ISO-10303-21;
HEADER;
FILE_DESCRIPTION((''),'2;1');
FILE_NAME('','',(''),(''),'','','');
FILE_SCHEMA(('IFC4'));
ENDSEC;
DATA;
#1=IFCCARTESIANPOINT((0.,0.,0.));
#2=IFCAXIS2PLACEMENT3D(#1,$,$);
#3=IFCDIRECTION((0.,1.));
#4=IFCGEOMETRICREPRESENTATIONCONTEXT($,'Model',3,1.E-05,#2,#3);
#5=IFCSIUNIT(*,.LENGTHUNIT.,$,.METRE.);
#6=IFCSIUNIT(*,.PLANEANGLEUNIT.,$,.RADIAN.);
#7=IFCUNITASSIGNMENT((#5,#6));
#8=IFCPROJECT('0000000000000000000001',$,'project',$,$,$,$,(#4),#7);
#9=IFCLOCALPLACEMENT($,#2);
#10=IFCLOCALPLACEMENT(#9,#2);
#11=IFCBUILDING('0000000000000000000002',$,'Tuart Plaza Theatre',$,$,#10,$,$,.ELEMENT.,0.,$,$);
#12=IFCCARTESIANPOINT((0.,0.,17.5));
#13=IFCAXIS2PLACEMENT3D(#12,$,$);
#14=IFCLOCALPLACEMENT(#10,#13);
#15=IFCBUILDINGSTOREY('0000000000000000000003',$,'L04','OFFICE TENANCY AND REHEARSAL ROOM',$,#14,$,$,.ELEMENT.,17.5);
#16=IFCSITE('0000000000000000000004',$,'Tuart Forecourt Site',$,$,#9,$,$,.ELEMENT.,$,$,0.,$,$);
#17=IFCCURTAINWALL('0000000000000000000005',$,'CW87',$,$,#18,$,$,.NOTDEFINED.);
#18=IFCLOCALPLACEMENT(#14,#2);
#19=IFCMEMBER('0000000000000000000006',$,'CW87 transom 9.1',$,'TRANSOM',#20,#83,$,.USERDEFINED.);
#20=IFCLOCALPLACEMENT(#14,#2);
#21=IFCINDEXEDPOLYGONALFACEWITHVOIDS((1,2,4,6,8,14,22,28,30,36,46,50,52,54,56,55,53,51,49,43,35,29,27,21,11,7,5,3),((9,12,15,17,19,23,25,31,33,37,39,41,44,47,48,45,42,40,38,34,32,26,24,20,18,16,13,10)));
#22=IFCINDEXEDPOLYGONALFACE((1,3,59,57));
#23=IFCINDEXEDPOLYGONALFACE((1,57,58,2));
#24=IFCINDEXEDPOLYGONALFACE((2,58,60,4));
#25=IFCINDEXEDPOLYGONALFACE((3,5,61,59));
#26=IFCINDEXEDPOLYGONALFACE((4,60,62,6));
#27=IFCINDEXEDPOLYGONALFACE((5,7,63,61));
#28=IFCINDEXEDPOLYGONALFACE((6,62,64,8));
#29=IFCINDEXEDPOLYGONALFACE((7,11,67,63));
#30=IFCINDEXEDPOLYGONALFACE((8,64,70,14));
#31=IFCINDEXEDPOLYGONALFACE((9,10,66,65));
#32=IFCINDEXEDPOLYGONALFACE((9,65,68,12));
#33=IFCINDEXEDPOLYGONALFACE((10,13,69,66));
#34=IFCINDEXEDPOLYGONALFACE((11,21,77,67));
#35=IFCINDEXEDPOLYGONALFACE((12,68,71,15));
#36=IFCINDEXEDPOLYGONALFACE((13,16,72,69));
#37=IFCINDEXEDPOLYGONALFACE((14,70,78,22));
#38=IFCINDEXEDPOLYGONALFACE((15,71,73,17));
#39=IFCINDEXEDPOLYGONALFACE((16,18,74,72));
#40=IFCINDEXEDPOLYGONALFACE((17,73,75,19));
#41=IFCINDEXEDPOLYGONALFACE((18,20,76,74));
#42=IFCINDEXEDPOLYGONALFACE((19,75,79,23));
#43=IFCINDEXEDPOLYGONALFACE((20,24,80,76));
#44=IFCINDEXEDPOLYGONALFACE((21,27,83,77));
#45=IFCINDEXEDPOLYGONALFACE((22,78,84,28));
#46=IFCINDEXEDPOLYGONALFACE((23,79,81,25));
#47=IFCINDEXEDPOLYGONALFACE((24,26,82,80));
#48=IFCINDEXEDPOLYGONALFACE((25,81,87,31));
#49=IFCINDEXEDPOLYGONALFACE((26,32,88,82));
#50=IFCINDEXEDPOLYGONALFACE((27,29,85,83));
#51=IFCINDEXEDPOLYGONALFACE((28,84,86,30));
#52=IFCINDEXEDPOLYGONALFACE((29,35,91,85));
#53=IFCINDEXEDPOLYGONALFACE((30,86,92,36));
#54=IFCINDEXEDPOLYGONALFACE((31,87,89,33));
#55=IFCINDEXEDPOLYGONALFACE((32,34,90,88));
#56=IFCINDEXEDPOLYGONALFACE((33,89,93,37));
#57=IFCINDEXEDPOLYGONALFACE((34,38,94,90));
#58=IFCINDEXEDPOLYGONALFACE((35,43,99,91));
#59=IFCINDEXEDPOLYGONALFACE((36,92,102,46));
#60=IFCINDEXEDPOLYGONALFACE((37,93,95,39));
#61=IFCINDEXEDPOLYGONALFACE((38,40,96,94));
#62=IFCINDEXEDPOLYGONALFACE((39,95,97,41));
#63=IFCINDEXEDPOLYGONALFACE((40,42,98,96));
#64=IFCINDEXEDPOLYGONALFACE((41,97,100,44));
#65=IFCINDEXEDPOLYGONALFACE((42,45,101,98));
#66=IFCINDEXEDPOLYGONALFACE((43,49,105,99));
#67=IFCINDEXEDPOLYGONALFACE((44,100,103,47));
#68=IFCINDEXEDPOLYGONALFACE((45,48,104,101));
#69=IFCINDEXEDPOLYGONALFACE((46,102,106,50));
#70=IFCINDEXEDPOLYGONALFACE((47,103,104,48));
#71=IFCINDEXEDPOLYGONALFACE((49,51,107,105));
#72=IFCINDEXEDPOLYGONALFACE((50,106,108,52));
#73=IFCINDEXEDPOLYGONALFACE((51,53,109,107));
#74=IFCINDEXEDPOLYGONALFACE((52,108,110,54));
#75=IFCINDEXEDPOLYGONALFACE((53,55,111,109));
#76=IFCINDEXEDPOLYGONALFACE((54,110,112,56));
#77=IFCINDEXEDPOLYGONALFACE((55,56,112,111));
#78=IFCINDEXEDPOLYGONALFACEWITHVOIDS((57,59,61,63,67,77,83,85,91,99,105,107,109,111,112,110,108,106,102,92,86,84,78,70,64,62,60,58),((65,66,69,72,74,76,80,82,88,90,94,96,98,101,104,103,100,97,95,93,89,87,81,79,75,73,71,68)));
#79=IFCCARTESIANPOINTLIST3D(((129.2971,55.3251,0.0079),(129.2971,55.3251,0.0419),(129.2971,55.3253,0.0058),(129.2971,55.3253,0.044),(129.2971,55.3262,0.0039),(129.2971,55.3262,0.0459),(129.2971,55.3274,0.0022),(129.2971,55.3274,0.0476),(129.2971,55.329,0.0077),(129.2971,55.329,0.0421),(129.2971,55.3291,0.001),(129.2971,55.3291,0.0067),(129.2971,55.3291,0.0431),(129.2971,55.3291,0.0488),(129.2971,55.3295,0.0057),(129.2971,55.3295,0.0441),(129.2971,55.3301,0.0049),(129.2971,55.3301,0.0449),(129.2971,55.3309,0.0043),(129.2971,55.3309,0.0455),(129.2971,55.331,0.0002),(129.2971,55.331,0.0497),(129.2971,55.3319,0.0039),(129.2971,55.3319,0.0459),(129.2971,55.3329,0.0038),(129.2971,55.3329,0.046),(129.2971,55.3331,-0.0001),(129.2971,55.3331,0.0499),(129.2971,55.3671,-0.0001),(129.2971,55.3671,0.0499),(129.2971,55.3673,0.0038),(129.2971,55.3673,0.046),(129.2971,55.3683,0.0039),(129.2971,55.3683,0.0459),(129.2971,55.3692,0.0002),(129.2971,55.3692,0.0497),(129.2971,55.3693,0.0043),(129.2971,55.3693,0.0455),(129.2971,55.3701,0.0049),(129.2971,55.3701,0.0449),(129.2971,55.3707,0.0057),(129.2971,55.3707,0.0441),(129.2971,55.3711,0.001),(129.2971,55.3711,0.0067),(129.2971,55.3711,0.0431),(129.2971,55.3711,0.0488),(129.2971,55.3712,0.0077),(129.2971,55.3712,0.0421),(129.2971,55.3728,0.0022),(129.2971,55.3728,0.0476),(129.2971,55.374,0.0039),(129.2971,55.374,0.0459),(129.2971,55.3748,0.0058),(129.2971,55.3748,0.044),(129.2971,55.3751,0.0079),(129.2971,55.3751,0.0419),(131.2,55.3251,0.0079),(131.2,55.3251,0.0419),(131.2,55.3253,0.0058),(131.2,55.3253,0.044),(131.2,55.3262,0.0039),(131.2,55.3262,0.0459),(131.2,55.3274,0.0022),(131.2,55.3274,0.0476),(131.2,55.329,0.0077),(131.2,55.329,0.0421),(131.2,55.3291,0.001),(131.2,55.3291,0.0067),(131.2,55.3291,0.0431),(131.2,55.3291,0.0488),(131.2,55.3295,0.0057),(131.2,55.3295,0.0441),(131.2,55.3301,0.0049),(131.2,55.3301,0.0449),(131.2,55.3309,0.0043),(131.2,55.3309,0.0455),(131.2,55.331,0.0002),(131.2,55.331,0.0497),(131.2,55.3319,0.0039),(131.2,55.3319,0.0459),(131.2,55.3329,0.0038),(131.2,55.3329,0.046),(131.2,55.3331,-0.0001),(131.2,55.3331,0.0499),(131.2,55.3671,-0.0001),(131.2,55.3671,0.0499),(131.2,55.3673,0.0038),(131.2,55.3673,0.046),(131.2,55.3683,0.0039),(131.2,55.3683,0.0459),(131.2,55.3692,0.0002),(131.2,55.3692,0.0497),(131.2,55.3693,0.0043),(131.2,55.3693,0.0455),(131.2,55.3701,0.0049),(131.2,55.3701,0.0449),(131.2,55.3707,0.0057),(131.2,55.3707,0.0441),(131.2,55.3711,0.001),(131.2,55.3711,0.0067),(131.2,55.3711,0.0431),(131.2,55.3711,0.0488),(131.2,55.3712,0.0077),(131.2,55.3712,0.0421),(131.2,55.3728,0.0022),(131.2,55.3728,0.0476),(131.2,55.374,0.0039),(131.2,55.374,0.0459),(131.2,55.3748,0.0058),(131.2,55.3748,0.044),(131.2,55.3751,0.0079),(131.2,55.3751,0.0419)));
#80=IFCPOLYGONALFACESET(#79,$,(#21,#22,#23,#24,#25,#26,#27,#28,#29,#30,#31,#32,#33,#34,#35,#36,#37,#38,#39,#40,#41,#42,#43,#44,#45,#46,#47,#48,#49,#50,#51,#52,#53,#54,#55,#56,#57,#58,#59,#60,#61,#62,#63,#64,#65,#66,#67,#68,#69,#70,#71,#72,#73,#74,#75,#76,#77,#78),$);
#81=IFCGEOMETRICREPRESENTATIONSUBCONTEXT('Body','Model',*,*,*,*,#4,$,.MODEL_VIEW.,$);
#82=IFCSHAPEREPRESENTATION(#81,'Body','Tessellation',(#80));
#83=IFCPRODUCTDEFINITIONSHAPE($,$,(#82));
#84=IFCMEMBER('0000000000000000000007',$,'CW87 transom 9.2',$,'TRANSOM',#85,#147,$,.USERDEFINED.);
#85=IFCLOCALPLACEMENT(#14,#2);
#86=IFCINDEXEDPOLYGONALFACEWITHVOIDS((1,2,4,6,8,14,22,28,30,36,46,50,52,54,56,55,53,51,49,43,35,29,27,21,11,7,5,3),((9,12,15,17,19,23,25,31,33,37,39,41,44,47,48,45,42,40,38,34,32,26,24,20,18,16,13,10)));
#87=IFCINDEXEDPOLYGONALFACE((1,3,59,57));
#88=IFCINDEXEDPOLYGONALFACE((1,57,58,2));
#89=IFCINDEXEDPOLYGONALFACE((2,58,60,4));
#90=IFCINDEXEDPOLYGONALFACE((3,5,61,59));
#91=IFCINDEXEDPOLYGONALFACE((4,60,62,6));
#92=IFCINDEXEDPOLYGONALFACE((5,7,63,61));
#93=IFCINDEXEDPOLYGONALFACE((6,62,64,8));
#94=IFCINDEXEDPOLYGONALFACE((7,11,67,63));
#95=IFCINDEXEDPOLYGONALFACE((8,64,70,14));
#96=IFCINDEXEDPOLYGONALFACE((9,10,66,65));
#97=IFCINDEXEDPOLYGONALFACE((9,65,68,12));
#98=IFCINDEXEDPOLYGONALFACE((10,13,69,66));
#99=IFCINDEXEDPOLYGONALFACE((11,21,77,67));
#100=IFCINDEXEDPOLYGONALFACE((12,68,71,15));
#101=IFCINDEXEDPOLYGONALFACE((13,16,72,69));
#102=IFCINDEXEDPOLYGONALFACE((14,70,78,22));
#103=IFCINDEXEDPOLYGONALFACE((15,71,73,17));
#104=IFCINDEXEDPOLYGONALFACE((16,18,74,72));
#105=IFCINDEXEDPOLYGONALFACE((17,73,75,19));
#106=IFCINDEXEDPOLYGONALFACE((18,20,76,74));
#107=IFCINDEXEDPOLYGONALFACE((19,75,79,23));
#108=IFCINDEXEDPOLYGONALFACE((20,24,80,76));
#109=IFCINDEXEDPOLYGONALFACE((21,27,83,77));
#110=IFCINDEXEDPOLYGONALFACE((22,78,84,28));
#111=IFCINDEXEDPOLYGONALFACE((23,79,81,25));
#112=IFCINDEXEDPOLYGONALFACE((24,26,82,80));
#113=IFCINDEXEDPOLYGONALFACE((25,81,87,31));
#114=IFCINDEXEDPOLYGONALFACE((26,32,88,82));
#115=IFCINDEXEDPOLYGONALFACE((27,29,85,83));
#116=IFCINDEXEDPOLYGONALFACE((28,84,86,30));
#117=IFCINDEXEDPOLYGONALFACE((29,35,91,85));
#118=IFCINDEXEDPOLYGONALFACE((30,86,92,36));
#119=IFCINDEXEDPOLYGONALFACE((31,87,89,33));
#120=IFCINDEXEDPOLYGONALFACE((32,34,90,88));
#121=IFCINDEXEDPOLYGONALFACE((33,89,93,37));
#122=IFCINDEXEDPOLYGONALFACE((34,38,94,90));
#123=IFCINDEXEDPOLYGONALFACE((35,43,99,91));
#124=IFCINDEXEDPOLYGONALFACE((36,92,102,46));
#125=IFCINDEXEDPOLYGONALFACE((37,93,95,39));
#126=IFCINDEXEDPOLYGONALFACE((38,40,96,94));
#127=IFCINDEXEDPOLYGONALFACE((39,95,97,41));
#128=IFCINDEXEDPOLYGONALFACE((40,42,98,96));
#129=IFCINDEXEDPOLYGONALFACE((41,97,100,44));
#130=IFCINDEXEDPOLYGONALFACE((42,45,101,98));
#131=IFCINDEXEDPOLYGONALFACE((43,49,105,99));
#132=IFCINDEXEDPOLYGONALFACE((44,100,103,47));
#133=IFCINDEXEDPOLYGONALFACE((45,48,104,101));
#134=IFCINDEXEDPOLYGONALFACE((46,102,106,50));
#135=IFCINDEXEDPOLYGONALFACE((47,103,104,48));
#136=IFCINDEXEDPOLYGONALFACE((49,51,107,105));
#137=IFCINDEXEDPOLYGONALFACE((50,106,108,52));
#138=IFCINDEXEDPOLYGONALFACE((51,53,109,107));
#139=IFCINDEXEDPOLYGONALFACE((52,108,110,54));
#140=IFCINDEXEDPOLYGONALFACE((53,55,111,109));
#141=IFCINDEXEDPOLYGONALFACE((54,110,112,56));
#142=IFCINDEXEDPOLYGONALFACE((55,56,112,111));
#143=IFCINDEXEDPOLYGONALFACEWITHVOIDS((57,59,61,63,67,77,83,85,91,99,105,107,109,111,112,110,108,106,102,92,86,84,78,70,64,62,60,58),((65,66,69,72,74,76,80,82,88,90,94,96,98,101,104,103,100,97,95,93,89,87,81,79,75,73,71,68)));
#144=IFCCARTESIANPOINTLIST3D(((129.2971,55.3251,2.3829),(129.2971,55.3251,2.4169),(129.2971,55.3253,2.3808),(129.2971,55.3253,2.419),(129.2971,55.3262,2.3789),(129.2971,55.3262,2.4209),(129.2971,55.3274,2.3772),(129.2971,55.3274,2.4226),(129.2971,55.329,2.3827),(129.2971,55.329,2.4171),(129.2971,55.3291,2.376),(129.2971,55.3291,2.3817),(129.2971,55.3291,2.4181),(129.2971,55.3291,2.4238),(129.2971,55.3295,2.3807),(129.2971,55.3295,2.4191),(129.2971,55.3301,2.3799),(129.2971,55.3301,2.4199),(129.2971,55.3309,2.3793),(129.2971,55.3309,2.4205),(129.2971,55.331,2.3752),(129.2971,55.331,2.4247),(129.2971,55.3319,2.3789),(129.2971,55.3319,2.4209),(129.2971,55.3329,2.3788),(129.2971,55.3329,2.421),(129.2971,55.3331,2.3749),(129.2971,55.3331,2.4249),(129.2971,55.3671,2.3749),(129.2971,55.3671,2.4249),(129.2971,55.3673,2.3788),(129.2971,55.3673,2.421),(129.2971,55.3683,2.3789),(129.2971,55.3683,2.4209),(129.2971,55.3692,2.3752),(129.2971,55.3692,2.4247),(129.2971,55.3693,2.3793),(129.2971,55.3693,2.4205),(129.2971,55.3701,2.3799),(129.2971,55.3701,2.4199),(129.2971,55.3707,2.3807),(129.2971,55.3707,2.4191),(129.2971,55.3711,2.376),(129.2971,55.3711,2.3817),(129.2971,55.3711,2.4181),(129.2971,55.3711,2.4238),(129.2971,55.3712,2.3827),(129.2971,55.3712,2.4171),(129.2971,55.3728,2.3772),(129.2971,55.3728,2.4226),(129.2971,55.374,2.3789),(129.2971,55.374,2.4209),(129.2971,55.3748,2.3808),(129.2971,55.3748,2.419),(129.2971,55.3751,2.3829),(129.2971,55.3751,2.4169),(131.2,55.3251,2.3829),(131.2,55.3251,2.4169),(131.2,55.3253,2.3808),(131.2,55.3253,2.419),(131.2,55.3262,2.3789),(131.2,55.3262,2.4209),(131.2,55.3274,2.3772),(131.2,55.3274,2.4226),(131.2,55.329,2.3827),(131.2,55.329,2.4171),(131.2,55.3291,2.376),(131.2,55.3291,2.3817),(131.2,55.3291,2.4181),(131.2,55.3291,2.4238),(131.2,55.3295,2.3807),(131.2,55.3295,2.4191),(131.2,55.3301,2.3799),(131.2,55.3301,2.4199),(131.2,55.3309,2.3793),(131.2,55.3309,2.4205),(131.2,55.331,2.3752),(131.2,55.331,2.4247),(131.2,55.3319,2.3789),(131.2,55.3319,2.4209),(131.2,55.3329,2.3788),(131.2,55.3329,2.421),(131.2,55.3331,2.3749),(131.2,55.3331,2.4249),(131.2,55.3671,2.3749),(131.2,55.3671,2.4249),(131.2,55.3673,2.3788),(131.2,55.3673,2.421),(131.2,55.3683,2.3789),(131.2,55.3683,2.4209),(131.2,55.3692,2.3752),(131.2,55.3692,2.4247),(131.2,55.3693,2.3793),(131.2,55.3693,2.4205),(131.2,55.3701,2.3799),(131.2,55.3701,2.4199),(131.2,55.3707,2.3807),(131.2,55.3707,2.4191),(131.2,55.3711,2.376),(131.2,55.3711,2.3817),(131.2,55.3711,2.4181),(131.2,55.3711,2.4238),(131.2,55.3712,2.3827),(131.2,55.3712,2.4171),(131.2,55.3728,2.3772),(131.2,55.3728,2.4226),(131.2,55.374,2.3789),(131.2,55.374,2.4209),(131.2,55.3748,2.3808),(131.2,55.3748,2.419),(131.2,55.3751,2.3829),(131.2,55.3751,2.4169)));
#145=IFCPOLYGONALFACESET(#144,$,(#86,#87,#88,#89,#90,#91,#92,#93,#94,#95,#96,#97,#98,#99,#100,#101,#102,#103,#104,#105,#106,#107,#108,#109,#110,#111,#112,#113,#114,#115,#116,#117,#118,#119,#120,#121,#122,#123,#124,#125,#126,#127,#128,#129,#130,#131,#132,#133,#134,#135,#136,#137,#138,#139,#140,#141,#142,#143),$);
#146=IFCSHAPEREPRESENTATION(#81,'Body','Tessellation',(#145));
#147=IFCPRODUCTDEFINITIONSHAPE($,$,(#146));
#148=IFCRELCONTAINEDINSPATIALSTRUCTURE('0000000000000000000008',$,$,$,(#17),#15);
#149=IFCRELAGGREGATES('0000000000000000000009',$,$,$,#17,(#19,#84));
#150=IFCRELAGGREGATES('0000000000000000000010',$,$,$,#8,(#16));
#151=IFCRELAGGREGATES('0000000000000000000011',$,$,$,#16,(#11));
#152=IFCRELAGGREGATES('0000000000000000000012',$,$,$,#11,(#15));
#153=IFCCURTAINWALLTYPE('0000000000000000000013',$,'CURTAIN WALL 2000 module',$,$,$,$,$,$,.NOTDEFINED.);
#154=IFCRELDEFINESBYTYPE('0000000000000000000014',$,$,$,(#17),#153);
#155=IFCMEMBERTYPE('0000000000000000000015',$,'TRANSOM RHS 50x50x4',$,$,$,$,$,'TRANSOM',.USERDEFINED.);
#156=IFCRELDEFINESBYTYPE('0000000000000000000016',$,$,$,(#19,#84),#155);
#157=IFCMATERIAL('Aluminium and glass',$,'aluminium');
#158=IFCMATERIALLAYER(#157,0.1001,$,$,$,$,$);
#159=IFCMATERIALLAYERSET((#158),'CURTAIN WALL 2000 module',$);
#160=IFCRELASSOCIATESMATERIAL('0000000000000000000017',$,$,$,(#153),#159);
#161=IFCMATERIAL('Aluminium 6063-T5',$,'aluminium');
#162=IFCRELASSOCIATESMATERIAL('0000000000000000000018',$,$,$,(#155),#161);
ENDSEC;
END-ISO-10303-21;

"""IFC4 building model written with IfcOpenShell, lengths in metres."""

from ifc_helpers import new_model, si_unit, direction, frame, origin, origin_2d, place, context, subcontext, project, spatial, hollow_rectangle, extrude, material, layer, layer_set, material_profile, profile_set, type_object, element, aggregate, save


model = new_model("IFC4")

# Units and contexts
model_context = context("Model", 3, precision=1e-05, world=origin(), true_north=direction((0.0, 1.0)))
body_context = subcontext(model_context, "Body", "Model", "MODEL_VIEW")
ifc_project = project(units=[si_unit("LENGTHUNIT", "METRE"), si_unit("PLANEANGLEUNIT", "RADIAN")], contexts=[model_context])

# Site, building, storey
site_placement = place(None, origin())
site = spatial("IfcSite", under=ifc_project, at=site_placement, Name="Tuart Forecourt Site", CompositionType="ELEMENT", RefElevation=0.0)
building_placement = place(site_placement, origin())
building = spatial("IfcBuilding", under=site, at=building_placement, Name="Tuart Plaza Theatre", CompositionType="ELEMENT", ElevationOfRefHeight=0.0)
storey_placement = place(building_placement, frame((0.0, 0.0, 17.5)))
storey = spatial("IfcBuildingStorey", under=building, at=storey_placement, Name="L04", Description="OFFICE TENANCY AND REHEARSAL ROOM", CompositionType="ELEMENT", Elevation=17.5)

# Curtain wall
ifc_material_1 = material(Name="Aluminium and glass", Category="aluminium")
ifc_layer_1 = layer(ifc_material_1, 0.1001)
ifc_layer_set_1 = layer_set([ifc_layer_1], Name="CURTAIN WALL 2000 module")
curtain_wall_type = type_object("IfcCurtainWallType", Name="CURTAIN WALL 2000 module", PredefinedType="NOTDEFINED", material=ifc_layer_set_1)
curtain_wall_1_placement = place(storey_placement, origin())
curtain_wall_1 = element("IfcCurtainWall", 1, at=curtain_wall_1_placement, inside=storey, type_object=curtain_wall_type, Name="CW87", PredefinedType="NOTDEFINED")

# Members
ifc_material_2 = material(Name="Aluminium 6063-T5", Category="aluminium")
ifc_material_profile_1 = material_profile(ifc_material_2, hollow_rectangle(XDim=0.05, YDim=0.05, WallThickness=0.0039, InnerFilletRadius=0.0039, OuterFilletRadius=0.0081, at=origin_2d()), Name="RHS 50x50x4")
ifc_profile_set_1 = profile_set([ifc_material_profile_1], Name="Aluminium 6063-T5")
member_type_1 = type_object("IfcMemberType", Name="TRANSOM RHS 50x50x4", ElementType="TRANSOM", PredefinedType="USERDEFINED", material=ifc_profile_set_1)
member_1_placement = place(storey_placement, frame((129.2971, 55.3501, 0.0249), z_axis=(1.0, 0.0, 0.0), x_axis=(0.0, 1.0, 0.0)))
member_1 = element("IfcMember", 2, at=member_1_placement, type_object=member_type_1, Name="CW87 transom 9.1", ObjectType="TRANSOM", PredefinedType="USERDEFINED", context=body_context, shape_type="SweptSolid", body=[
    extrude(hollow_rectangle(XDim=0.05, YDim=0.05, WallThickness=0.0039, InnerFilletRadius=0.0039, OuterFilletRadius=0.0081, at=origin_2d()), origin(), (0.0, 0.0, 1.0), 1.9028),
])
member_2_placement = place(storey_placement, frame((129.2971, 55.3501, 2.3999), z_axis=(1.0, 0.0, 0.0), x_axis=(0.0, 1.0, 0.0)))
member_2 = element("IfcMember", 3, at=member_2_placement, type_object=member_type_1, Name="CW87 transom 9.2", ObjectType="TRANSOM", PredefinedType="USERDEFINED", context=body_context, shape_type="SweptSolid", body=[
    extrude(hollow_rectangle(XDim=0.05, YDim=0.05, WallThickness=0.0039, InnerFilletRadius=0.0039, OuterFilletRadius=0.0081, at=origin_2d()), origin(), (0.0, 0.0, 1.0), 1.9028),
])

aggregate(curtain_wall_1, [member_1, member_2])

save(model, "model.ifc")
